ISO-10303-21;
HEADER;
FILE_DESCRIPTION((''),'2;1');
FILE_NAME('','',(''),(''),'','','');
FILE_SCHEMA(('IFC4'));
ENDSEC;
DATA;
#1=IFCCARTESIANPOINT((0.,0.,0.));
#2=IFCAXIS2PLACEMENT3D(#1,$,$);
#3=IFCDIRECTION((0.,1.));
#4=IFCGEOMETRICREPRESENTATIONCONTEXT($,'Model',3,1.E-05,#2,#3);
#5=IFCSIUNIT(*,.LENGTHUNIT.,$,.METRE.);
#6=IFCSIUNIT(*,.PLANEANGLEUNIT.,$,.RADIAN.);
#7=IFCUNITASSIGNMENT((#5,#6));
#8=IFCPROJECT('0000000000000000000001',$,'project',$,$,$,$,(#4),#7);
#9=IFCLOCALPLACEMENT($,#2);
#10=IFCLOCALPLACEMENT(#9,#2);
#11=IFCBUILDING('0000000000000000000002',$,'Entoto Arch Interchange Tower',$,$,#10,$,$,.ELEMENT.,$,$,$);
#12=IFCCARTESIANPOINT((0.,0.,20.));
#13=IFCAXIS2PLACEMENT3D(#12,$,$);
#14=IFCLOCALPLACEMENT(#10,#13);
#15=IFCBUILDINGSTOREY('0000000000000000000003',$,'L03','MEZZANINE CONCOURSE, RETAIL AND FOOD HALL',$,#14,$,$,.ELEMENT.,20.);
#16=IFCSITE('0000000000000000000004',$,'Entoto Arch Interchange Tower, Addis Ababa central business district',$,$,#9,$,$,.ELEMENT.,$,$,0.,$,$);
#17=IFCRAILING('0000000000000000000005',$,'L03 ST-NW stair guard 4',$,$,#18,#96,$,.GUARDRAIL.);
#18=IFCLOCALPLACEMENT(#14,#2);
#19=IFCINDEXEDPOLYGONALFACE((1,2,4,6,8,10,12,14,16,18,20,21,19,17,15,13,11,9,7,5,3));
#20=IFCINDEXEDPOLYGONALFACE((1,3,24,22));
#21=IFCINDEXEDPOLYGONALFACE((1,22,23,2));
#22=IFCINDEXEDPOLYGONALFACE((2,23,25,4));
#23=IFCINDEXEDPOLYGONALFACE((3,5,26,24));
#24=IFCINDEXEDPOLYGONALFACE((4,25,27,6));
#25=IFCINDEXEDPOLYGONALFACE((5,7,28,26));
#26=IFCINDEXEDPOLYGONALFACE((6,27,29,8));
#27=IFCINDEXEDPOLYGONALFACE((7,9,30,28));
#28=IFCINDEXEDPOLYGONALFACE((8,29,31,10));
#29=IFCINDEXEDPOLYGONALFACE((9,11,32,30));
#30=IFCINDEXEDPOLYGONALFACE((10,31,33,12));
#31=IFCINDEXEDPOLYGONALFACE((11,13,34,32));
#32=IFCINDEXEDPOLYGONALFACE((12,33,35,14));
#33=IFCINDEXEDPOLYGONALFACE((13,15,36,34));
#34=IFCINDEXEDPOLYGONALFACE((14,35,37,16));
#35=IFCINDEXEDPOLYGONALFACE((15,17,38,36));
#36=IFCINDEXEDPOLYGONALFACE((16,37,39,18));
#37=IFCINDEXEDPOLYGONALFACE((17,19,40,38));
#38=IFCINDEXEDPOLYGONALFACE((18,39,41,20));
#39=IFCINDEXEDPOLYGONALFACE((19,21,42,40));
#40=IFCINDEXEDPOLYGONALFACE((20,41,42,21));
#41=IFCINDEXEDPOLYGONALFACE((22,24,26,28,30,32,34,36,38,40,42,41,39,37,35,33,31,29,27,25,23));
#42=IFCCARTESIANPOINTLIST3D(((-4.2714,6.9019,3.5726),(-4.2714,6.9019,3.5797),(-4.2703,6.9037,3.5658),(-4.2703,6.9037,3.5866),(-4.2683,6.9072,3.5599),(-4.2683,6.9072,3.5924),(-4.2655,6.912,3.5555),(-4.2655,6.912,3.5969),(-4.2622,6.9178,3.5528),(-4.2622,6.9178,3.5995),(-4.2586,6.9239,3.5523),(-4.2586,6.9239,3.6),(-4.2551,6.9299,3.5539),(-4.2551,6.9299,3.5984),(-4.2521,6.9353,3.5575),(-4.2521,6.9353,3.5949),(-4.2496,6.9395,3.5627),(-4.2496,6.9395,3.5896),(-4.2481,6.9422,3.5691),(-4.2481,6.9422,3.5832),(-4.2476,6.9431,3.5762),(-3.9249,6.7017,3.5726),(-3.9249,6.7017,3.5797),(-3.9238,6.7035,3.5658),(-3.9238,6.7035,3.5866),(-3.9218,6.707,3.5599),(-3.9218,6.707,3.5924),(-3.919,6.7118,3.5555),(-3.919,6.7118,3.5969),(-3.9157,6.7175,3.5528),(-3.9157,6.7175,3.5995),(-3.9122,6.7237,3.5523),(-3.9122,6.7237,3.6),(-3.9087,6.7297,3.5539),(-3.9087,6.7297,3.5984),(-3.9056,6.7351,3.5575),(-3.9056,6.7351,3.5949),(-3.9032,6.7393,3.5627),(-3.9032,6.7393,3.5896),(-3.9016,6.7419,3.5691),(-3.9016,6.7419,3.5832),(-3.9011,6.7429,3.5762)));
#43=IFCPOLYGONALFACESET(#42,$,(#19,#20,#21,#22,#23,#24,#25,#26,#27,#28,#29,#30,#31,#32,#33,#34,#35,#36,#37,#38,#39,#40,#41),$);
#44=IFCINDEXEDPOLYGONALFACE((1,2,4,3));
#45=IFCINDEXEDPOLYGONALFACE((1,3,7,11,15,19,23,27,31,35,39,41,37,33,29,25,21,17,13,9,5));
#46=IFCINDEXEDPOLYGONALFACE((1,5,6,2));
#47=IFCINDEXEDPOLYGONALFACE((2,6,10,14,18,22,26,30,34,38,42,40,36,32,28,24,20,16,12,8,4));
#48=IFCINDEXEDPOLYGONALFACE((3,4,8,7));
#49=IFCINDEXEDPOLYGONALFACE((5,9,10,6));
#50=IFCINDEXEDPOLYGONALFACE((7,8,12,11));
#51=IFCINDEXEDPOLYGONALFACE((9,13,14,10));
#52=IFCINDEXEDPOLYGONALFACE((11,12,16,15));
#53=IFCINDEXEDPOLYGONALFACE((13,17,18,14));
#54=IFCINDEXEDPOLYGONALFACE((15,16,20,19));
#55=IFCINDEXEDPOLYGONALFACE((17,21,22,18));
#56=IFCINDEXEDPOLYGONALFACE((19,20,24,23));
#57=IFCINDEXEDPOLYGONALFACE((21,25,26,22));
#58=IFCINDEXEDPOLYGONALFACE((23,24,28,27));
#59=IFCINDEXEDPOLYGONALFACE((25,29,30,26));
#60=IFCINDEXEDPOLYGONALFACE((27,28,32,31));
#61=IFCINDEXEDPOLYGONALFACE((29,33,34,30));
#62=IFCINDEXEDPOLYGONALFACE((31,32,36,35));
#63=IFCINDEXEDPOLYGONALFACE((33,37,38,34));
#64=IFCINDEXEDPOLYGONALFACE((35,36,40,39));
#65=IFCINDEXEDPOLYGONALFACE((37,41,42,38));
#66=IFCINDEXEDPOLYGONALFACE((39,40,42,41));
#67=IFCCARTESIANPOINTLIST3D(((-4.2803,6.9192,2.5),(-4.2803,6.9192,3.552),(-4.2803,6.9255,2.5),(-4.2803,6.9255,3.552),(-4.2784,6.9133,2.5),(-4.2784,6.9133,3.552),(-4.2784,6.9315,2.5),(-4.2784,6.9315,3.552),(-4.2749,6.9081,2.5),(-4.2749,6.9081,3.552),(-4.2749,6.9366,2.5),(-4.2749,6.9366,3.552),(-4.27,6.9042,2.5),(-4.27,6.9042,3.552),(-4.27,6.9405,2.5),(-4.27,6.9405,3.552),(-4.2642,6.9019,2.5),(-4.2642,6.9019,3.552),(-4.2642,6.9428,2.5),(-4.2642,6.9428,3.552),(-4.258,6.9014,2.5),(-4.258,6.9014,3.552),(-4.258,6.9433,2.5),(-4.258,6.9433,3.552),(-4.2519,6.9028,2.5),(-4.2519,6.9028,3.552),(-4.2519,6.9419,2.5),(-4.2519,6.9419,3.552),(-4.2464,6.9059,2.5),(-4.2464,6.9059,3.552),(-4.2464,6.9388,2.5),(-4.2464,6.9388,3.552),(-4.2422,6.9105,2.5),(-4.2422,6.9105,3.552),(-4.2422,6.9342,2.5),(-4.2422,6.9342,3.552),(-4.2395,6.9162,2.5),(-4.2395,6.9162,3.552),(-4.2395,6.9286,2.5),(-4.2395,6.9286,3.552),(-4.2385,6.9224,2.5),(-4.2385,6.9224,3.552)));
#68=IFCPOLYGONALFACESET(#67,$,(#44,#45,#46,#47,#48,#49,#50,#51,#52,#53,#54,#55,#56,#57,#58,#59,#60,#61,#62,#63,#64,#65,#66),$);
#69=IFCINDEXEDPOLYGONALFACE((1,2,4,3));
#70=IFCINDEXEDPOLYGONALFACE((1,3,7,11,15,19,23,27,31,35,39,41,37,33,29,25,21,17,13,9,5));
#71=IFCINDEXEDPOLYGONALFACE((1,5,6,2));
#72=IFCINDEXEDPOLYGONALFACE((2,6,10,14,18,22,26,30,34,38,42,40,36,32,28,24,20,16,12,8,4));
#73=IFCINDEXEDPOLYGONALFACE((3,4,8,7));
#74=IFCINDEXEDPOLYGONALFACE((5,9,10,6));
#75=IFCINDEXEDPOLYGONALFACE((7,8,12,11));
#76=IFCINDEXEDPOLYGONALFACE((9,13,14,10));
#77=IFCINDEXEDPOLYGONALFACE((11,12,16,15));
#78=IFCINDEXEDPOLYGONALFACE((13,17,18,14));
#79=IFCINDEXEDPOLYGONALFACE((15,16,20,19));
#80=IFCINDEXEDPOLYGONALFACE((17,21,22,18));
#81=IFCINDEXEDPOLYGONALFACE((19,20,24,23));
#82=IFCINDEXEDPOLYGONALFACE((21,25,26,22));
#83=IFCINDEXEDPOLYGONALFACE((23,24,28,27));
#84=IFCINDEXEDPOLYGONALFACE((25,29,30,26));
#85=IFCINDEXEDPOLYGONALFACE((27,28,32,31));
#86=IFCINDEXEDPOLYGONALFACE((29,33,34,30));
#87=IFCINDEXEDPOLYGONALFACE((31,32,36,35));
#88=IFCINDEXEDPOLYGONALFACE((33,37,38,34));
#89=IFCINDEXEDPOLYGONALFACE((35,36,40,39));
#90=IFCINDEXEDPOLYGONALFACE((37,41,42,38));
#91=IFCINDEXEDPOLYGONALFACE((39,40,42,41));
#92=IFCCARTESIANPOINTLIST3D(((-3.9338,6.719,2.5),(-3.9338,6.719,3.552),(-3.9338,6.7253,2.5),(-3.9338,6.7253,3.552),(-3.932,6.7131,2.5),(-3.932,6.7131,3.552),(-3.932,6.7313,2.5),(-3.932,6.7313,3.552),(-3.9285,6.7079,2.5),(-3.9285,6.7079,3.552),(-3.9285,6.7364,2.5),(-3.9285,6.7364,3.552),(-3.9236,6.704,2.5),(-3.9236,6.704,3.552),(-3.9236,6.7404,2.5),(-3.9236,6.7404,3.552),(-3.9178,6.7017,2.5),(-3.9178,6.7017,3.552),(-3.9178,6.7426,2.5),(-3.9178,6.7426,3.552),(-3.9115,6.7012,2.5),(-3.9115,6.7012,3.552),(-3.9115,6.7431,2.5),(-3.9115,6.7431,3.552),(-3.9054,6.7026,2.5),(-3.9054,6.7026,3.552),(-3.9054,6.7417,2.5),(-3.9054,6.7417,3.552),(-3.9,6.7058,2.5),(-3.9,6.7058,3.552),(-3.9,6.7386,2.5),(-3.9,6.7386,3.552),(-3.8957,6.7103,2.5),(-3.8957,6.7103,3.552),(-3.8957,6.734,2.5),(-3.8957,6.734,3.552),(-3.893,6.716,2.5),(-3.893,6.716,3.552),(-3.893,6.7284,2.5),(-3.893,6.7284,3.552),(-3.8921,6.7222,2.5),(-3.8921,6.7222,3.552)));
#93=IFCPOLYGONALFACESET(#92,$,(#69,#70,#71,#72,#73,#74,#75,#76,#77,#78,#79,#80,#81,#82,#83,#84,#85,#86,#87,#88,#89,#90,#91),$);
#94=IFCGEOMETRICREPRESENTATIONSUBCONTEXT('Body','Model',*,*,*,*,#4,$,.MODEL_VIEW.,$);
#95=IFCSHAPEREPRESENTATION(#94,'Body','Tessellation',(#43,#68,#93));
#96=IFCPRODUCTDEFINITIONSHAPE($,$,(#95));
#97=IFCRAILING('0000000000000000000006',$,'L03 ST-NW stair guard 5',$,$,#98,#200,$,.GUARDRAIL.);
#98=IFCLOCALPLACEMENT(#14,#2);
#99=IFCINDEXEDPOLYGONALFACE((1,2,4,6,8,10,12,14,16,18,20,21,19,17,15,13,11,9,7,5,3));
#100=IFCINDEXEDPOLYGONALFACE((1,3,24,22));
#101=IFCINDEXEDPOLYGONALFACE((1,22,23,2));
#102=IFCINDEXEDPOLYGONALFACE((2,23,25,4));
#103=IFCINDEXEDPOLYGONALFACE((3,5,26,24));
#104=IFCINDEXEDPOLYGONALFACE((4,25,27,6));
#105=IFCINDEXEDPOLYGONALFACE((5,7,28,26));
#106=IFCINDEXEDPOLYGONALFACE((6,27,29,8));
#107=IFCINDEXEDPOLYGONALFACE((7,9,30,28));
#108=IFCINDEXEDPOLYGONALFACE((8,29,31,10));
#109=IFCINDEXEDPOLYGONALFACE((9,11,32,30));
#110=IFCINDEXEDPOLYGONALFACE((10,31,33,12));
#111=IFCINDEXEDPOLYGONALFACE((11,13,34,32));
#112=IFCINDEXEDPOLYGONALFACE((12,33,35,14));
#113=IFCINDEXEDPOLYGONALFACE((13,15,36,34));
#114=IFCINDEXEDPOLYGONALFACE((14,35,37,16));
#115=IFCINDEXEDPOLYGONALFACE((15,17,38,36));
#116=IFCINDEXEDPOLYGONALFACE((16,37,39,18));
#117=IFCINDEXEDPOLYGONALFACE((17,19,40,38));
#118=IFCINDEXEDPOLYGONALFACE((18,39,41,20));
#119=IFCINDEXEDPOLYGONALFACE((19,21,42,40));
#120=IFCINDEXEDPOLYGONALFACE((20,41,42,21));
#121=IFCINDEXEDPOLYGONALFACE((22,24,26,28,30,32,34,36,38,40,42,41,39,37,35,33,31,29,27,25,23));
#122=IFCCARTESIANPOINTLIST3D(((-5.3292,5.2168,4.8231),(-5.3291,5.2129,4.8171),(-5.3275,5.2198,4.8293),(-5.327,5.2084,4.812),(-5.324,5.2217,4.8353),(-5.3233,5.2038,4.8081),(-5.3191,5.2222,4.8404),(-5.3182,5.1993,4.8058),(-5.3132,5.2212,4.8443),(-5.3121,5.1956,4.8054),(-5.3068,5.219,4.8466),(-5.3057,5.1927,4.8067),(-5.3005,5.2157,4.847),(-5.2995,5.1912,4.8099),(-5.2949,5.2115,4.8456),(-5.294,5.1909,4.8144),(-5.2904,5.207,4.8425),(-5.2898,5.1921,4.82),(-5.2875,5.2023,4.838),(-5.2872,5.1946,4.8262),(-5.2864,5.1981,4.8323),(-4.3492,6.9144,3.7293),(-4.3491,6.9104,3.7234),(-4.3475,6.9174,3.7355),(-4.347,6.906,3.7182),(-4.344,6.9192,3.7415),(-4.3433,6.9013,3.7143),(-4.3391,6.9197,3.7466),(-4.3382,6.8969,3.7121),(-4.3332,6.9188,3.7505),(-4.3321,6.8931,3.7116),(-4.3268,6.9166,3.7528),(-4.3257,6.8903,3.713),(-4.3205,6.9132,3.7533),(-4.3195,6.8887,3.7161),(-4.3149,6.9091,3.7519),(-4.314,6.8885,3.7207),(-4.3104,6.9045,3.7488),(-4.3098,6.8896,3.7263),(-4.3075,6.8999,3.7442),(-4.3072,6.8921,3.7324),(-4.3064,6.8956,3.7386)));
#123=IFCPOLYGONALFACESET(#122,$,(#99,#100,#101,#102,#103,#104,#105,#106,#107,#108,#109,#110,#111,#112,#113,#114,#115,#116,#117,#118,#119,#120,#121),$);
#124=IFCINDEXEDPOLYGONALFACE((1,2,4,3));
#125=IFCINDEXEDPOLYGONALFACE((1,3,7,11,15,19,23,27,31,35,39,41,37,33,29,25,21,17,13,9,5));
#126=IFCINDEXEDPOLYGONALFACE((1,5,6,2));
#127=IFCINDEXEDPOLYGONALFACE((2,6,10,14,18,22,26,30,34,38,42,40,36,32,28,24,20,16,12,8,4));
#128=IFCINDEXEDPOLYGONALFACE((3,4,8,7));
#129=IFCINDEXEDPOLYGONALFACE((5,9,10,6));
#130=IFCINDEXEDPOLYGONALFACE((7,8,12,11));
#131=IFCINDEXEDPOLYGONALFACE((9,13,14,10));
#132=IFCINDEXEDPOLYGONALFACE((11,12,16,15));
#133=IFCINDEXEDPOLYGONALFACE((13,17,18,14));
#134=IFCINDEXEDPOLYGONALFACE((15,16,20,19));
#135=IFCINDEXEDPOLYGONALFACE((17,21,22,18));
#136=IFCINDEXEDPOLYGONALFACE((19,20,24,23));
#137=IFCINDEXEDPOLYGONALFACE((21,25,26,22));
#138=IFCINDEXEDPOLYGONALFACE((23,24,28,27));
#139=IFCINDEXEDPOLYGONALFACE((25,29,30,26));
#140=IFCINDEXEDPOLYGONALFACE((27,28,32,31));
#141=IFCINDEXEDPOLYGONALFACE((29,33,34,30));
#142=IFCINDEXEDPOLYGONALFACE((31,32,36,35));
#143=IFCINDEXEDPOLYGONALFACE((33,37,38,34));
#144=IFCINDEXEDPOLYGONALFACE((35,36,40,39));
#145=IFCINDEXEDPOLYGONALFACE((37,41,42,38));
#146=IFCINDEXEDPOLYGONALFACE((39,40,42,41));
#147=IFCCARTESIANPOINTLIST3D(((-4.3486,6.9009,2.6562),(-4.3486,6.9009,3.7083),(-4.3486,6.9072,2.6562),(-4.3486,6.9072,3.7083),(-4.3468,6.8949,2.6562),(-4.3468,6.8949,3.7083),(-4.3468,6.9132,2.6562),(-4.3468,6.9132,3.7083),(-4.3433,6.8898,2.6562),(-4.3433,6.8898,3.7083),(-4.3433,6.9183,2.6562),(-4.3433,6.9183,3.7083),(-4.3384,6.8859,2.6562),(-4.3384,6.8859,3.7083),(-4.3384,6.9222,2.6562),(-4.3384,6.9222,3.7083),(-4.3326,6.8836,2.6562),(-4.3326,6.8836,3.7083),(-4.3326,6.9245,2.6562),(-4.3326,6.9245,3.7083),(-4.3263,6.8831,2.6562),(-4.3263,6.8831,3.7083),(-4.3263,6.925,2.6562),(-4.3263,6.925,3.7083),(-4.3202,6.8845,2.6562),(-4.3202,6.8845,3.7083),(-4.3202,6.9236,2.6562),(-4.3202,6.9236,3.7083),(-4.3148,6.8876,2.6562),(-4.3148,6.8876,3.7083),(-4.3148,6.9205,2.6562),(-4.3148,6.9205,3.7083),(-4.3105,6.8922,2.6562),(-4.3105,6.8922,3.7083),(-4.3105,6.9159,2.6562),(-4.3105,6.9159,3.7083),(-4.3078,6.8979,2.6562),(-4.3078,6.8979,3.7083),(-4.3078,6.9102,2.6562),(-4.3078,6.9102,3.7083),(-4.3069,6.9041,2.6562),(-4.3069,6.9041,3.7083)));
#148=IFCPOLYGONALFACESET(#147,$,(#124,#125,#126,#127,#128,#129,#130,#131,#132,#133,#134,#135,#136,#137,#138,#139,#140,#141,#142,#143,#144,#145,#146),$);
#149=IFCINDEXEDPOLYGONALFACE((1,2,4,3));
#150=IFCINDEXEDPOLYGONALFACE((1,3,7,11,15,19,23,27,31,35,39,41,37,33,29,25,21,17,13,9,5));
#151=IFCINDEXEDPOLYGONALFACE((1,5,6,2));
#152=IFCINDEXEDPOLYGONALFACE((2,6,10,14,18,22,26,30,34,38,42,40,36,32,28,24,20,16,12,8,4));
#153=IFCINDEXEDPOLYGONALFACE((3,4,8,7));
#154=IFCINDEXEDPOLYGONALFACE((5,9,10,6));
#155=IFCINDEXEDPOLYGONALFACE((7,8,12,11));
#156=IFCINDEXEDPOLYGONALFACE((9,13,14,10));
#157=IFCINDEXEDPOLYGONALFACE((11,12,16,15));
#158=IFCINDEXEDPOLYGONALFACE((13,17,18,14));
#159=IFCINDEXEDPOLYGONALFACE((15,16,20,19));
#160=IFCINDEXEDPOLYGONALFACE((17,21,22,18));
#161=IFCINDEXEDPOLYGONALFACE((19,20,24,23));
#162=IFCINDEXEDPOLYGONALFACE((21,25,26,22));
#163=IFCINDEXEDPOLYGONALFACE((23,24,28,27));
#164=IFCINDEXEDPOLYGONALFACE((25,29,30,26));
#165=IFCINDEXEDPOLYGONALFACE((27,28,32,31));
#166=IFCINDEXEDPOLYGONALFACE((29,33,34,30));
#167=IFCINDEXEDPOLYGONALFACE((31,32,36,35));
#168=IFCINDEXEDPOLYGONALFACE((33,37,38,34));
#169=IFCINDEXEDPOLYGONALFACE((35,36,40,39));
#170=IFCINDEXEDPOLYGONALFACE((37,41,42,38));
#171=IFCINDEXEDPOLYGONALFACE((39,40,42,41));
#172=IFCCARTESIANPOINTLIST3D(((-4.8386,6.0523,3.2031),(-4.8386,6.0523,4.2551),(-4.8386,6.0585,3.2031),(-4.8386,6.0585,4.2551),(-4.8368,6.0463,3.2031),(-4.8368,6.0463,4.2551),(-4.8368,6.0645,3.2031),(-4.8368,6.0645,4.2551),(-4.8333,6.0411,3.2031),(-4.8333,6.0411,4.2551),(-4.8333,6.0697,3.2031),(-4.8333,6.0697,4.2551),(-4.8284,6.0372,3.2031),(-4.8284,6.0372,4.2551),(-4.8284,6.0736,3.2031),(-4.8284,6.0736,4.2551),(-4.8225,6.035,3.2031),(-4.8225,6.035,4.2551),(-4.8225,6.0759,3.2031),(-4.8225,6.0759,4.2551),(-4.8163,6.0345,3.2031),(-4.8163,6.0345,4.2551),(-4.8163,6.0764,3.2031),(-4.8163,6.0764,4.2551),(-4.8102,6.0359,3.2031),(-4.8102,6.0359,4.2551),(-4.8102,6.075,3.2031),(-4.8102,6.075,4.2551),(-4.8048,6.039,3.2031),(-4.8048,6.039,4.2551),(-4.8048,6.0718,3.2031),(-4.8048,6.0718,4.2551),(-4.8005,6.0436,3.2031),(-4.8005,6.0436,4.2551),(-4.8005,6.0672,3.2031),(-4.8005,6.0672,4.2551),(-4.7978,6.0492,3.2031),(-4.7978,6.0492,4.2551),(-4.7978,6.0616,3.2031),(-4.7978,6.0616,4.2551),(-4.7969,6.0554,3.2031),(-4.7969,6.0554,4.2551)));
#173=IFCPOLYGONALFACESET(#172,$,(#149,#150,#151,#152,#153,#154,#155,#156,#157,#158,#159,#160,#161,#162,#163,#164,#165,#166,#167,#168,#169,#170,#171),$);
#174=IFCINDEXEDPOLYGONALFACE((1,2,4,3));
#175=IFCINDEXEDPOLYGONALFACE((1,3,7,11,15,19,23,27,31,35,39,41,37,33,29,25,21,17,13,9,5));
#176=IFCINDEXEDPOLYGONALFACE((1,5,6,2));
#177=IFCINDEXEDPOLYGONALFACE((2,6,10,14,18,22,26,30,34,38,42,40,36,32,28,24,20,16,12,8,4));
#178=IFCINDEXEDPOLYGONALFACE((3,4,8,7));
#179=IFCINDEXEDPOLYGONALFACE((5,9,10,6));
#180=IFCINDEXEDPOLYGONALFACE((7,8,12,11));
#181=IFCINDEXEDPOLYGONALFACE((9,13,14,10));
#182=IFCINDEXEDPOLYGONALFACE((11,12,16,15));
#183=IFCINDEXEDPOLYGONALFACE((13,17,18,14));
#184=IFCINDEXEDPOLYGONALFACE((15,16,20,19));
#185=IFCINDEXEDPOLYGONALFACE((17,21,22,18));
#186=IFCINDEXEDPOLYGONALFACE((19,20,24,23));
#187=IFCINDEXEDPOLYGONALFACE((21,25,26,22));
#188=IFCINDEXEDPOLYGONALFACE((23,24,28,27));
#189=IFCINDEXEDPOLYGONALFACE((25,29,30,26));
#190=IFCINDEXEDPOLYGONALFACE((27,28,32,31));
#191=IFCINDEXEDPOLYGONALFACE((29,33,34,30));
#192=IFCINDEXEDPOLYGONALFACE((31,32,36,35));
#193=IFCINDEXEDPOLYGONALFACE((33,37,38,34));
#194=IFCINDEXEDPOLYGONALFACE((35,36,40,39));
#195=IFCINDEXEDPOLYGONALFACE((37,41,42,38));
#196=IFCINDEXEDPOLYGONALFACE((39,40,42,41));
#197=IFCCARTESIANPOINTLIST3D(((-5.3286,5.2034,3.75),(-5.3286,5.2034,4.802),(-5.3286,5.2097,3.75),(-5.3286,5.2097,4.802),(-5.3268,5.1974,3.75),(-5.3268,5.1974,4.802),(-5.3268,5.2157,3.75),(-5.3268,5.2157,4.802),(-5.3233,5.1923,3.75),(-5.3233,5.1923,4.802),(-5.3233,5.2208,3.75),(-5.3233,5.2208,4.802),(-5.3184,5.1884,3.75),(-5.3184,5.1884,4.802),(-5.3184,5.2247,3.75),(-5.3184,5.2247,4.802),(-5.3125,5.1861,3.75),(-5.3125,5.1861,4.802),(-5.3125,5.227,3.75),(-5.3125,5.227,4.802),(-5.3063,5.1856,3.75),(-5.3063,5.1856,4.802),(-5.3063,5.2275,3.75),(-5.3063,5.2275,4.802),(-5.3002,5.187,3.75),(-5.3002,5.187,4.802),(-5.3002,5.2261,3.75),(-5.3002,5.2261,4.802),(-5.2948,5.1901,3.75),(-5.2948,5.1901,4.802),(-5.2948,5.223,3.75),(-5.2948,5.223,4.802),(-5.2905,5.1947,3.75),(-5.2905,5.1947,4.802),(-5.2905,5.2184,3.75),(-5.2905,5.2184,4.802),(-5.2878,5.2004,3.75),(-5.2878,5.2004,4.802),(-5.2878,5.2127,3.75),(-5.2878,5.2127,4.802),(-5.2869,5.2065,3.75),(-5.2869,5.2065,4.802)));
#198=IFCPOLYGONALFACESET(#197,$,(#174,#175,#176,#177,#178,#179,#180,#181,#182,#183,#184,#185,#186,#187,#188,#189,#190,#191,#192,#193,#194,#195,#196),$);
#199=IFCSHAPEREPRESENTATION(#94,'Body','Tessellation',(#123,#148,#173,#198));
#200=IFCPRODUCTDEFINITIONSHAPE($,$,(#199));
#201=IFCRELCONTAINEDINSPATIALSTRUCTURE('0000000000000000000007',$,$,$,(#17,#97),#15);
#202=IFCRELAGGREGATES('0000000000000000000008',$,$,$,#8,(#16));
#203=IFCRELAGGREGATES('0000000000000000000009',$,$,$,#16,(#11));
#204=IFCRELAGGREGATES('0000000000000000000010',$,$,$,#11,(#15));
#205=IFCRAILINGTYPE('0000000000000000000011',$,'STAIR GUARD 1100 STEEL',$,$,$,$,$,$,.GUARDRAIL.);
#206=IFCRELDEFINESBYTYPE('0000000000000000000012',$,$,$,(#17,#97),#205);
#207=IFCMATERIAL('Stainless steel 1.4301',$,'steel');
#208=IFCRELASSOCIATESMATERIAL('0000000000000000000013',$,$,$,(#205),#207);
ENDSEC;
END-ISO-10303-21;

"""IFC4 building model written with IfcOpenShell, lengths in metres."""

from ifc_helpers import new_model, si_unit, direction, frame, origin, origin_2d, place, context, subcontext, project, spatial, circle, extrude, material, type_object, element, save


model = new_model("IFC4")

# Units and contexts
model_context = context("Model", 3, precision=1e-05, world=origin(), true_north=direction((0.0, 1.0)))
body_context = subcontext(model_context, "Body", "Model", "MODEL_VIEW")
ifc_project = project(units=[si_unit("LENGTHUNIT", "METRE"), si_unit("PLANEANGLEUNIT", "RADIAN")], contexts=[model_context])

# Site, building, storey
site_placement = place(None, origin())
site = spatial("IfcSite", under=ifc_project, at=site_placement, Name="Entoto Arch Interchange Tower, Addis Ababa central business district", CompositionType="ELEMENT", RefElevation=0.0)
building_placement = place(site_placement, origin())
building = spatial("IfcBuilding", under=site, at=building_placement, Name="Entoto Arch Interchange Tower", CompositionType="ELEMENT")
storey_placement = place(building_placement, frame((0.0, 0.0, 20.0)))
storey = spatial("IfcBuildingStorey", under=building, at=storey_placement, Name="L03", Description="MEZZANINE CONCOURSE, RETAIL AND FOOD HALL", CompositionType="ELEMENT", Elevation=20.0)

# Railings
ifc_material_1 = material(Name="Stainless steel 1.4301", Category="steel")
railing_type_1 = type_object("IfcRailingType", Name="STAIR GUARD 1100 STEEL", PredefinedType="GUARDRAIL", material=ifc_material_1)
railing_1_placement = place(storey_placement, frame((-4.2595, 6.9224, 2.5)))
element("IfcRailing", 1, at=railing_1_placement, inside=storey, type_object=railing_type_1, Name="L03 ST-NW stair guard 4", PredefinedType="GUARDRAIL", context=body_context, shape_type="SweptSolid", body=[
    extrude(circle(Radius=0.0239, at=origin_2d()), frame((0.0, 0.0, 1.0762), z_axis=(0.86583, -0.500339, 0.0), x_axis=(0.500339, 0.86583, 0.0)), (0.0, 0.0, 1.0), 0.4001),
    extrude(circle(Radius=0.021, at=origin_2d()), origin(), (0.0, 0.0, 1.0), 1.052),
    extrude(circle(Radius=0.021, at=origin_2d()), frame((0.3464, -0.2002, 0.0)), (0.0, 0.0, 1.0), 1.052),
])
railing_2_placement = place(storey_placement, frame((-4.3279, 6.9041, 2.6562)))
element("IfcRailing", 2, at=railing_2_placement, inside=storey, type_object=railing_type_1, Name="L03 ST-NW stair guard 5", PredefinedType="GUARDRAIL", context=body_context, shape_type="SweptSolid", body=[
    extrude(circle(Radius=0.0239, at=origin_2d()), frame((0.0, 0.0, 1.0762), z_axis=(-0.436596, -0.756267, 0.487282), x_axis=(0.866042, -0.49997, 0.0)), (0.0, 0.0, 1.0), 2.2446),
    extrude(circle(Radius=0.021, at=origin_2d()), origin(), (0.0, 0.0, 1.0), 1.052),
    extrude(circle(Radius=0.021, at=origin_2d()), frame((-0.49, -0.8486, 0.5469)), (0.0, 0.0, 1.0), 1.052),
    extrude(circle(Radius=0.021, at=origin_2d()), frame((-0.98, -1.6975, 1.0938)), (0.0, 0.0, 1.0), 1.052),
])

save(model, "model.ifc")
